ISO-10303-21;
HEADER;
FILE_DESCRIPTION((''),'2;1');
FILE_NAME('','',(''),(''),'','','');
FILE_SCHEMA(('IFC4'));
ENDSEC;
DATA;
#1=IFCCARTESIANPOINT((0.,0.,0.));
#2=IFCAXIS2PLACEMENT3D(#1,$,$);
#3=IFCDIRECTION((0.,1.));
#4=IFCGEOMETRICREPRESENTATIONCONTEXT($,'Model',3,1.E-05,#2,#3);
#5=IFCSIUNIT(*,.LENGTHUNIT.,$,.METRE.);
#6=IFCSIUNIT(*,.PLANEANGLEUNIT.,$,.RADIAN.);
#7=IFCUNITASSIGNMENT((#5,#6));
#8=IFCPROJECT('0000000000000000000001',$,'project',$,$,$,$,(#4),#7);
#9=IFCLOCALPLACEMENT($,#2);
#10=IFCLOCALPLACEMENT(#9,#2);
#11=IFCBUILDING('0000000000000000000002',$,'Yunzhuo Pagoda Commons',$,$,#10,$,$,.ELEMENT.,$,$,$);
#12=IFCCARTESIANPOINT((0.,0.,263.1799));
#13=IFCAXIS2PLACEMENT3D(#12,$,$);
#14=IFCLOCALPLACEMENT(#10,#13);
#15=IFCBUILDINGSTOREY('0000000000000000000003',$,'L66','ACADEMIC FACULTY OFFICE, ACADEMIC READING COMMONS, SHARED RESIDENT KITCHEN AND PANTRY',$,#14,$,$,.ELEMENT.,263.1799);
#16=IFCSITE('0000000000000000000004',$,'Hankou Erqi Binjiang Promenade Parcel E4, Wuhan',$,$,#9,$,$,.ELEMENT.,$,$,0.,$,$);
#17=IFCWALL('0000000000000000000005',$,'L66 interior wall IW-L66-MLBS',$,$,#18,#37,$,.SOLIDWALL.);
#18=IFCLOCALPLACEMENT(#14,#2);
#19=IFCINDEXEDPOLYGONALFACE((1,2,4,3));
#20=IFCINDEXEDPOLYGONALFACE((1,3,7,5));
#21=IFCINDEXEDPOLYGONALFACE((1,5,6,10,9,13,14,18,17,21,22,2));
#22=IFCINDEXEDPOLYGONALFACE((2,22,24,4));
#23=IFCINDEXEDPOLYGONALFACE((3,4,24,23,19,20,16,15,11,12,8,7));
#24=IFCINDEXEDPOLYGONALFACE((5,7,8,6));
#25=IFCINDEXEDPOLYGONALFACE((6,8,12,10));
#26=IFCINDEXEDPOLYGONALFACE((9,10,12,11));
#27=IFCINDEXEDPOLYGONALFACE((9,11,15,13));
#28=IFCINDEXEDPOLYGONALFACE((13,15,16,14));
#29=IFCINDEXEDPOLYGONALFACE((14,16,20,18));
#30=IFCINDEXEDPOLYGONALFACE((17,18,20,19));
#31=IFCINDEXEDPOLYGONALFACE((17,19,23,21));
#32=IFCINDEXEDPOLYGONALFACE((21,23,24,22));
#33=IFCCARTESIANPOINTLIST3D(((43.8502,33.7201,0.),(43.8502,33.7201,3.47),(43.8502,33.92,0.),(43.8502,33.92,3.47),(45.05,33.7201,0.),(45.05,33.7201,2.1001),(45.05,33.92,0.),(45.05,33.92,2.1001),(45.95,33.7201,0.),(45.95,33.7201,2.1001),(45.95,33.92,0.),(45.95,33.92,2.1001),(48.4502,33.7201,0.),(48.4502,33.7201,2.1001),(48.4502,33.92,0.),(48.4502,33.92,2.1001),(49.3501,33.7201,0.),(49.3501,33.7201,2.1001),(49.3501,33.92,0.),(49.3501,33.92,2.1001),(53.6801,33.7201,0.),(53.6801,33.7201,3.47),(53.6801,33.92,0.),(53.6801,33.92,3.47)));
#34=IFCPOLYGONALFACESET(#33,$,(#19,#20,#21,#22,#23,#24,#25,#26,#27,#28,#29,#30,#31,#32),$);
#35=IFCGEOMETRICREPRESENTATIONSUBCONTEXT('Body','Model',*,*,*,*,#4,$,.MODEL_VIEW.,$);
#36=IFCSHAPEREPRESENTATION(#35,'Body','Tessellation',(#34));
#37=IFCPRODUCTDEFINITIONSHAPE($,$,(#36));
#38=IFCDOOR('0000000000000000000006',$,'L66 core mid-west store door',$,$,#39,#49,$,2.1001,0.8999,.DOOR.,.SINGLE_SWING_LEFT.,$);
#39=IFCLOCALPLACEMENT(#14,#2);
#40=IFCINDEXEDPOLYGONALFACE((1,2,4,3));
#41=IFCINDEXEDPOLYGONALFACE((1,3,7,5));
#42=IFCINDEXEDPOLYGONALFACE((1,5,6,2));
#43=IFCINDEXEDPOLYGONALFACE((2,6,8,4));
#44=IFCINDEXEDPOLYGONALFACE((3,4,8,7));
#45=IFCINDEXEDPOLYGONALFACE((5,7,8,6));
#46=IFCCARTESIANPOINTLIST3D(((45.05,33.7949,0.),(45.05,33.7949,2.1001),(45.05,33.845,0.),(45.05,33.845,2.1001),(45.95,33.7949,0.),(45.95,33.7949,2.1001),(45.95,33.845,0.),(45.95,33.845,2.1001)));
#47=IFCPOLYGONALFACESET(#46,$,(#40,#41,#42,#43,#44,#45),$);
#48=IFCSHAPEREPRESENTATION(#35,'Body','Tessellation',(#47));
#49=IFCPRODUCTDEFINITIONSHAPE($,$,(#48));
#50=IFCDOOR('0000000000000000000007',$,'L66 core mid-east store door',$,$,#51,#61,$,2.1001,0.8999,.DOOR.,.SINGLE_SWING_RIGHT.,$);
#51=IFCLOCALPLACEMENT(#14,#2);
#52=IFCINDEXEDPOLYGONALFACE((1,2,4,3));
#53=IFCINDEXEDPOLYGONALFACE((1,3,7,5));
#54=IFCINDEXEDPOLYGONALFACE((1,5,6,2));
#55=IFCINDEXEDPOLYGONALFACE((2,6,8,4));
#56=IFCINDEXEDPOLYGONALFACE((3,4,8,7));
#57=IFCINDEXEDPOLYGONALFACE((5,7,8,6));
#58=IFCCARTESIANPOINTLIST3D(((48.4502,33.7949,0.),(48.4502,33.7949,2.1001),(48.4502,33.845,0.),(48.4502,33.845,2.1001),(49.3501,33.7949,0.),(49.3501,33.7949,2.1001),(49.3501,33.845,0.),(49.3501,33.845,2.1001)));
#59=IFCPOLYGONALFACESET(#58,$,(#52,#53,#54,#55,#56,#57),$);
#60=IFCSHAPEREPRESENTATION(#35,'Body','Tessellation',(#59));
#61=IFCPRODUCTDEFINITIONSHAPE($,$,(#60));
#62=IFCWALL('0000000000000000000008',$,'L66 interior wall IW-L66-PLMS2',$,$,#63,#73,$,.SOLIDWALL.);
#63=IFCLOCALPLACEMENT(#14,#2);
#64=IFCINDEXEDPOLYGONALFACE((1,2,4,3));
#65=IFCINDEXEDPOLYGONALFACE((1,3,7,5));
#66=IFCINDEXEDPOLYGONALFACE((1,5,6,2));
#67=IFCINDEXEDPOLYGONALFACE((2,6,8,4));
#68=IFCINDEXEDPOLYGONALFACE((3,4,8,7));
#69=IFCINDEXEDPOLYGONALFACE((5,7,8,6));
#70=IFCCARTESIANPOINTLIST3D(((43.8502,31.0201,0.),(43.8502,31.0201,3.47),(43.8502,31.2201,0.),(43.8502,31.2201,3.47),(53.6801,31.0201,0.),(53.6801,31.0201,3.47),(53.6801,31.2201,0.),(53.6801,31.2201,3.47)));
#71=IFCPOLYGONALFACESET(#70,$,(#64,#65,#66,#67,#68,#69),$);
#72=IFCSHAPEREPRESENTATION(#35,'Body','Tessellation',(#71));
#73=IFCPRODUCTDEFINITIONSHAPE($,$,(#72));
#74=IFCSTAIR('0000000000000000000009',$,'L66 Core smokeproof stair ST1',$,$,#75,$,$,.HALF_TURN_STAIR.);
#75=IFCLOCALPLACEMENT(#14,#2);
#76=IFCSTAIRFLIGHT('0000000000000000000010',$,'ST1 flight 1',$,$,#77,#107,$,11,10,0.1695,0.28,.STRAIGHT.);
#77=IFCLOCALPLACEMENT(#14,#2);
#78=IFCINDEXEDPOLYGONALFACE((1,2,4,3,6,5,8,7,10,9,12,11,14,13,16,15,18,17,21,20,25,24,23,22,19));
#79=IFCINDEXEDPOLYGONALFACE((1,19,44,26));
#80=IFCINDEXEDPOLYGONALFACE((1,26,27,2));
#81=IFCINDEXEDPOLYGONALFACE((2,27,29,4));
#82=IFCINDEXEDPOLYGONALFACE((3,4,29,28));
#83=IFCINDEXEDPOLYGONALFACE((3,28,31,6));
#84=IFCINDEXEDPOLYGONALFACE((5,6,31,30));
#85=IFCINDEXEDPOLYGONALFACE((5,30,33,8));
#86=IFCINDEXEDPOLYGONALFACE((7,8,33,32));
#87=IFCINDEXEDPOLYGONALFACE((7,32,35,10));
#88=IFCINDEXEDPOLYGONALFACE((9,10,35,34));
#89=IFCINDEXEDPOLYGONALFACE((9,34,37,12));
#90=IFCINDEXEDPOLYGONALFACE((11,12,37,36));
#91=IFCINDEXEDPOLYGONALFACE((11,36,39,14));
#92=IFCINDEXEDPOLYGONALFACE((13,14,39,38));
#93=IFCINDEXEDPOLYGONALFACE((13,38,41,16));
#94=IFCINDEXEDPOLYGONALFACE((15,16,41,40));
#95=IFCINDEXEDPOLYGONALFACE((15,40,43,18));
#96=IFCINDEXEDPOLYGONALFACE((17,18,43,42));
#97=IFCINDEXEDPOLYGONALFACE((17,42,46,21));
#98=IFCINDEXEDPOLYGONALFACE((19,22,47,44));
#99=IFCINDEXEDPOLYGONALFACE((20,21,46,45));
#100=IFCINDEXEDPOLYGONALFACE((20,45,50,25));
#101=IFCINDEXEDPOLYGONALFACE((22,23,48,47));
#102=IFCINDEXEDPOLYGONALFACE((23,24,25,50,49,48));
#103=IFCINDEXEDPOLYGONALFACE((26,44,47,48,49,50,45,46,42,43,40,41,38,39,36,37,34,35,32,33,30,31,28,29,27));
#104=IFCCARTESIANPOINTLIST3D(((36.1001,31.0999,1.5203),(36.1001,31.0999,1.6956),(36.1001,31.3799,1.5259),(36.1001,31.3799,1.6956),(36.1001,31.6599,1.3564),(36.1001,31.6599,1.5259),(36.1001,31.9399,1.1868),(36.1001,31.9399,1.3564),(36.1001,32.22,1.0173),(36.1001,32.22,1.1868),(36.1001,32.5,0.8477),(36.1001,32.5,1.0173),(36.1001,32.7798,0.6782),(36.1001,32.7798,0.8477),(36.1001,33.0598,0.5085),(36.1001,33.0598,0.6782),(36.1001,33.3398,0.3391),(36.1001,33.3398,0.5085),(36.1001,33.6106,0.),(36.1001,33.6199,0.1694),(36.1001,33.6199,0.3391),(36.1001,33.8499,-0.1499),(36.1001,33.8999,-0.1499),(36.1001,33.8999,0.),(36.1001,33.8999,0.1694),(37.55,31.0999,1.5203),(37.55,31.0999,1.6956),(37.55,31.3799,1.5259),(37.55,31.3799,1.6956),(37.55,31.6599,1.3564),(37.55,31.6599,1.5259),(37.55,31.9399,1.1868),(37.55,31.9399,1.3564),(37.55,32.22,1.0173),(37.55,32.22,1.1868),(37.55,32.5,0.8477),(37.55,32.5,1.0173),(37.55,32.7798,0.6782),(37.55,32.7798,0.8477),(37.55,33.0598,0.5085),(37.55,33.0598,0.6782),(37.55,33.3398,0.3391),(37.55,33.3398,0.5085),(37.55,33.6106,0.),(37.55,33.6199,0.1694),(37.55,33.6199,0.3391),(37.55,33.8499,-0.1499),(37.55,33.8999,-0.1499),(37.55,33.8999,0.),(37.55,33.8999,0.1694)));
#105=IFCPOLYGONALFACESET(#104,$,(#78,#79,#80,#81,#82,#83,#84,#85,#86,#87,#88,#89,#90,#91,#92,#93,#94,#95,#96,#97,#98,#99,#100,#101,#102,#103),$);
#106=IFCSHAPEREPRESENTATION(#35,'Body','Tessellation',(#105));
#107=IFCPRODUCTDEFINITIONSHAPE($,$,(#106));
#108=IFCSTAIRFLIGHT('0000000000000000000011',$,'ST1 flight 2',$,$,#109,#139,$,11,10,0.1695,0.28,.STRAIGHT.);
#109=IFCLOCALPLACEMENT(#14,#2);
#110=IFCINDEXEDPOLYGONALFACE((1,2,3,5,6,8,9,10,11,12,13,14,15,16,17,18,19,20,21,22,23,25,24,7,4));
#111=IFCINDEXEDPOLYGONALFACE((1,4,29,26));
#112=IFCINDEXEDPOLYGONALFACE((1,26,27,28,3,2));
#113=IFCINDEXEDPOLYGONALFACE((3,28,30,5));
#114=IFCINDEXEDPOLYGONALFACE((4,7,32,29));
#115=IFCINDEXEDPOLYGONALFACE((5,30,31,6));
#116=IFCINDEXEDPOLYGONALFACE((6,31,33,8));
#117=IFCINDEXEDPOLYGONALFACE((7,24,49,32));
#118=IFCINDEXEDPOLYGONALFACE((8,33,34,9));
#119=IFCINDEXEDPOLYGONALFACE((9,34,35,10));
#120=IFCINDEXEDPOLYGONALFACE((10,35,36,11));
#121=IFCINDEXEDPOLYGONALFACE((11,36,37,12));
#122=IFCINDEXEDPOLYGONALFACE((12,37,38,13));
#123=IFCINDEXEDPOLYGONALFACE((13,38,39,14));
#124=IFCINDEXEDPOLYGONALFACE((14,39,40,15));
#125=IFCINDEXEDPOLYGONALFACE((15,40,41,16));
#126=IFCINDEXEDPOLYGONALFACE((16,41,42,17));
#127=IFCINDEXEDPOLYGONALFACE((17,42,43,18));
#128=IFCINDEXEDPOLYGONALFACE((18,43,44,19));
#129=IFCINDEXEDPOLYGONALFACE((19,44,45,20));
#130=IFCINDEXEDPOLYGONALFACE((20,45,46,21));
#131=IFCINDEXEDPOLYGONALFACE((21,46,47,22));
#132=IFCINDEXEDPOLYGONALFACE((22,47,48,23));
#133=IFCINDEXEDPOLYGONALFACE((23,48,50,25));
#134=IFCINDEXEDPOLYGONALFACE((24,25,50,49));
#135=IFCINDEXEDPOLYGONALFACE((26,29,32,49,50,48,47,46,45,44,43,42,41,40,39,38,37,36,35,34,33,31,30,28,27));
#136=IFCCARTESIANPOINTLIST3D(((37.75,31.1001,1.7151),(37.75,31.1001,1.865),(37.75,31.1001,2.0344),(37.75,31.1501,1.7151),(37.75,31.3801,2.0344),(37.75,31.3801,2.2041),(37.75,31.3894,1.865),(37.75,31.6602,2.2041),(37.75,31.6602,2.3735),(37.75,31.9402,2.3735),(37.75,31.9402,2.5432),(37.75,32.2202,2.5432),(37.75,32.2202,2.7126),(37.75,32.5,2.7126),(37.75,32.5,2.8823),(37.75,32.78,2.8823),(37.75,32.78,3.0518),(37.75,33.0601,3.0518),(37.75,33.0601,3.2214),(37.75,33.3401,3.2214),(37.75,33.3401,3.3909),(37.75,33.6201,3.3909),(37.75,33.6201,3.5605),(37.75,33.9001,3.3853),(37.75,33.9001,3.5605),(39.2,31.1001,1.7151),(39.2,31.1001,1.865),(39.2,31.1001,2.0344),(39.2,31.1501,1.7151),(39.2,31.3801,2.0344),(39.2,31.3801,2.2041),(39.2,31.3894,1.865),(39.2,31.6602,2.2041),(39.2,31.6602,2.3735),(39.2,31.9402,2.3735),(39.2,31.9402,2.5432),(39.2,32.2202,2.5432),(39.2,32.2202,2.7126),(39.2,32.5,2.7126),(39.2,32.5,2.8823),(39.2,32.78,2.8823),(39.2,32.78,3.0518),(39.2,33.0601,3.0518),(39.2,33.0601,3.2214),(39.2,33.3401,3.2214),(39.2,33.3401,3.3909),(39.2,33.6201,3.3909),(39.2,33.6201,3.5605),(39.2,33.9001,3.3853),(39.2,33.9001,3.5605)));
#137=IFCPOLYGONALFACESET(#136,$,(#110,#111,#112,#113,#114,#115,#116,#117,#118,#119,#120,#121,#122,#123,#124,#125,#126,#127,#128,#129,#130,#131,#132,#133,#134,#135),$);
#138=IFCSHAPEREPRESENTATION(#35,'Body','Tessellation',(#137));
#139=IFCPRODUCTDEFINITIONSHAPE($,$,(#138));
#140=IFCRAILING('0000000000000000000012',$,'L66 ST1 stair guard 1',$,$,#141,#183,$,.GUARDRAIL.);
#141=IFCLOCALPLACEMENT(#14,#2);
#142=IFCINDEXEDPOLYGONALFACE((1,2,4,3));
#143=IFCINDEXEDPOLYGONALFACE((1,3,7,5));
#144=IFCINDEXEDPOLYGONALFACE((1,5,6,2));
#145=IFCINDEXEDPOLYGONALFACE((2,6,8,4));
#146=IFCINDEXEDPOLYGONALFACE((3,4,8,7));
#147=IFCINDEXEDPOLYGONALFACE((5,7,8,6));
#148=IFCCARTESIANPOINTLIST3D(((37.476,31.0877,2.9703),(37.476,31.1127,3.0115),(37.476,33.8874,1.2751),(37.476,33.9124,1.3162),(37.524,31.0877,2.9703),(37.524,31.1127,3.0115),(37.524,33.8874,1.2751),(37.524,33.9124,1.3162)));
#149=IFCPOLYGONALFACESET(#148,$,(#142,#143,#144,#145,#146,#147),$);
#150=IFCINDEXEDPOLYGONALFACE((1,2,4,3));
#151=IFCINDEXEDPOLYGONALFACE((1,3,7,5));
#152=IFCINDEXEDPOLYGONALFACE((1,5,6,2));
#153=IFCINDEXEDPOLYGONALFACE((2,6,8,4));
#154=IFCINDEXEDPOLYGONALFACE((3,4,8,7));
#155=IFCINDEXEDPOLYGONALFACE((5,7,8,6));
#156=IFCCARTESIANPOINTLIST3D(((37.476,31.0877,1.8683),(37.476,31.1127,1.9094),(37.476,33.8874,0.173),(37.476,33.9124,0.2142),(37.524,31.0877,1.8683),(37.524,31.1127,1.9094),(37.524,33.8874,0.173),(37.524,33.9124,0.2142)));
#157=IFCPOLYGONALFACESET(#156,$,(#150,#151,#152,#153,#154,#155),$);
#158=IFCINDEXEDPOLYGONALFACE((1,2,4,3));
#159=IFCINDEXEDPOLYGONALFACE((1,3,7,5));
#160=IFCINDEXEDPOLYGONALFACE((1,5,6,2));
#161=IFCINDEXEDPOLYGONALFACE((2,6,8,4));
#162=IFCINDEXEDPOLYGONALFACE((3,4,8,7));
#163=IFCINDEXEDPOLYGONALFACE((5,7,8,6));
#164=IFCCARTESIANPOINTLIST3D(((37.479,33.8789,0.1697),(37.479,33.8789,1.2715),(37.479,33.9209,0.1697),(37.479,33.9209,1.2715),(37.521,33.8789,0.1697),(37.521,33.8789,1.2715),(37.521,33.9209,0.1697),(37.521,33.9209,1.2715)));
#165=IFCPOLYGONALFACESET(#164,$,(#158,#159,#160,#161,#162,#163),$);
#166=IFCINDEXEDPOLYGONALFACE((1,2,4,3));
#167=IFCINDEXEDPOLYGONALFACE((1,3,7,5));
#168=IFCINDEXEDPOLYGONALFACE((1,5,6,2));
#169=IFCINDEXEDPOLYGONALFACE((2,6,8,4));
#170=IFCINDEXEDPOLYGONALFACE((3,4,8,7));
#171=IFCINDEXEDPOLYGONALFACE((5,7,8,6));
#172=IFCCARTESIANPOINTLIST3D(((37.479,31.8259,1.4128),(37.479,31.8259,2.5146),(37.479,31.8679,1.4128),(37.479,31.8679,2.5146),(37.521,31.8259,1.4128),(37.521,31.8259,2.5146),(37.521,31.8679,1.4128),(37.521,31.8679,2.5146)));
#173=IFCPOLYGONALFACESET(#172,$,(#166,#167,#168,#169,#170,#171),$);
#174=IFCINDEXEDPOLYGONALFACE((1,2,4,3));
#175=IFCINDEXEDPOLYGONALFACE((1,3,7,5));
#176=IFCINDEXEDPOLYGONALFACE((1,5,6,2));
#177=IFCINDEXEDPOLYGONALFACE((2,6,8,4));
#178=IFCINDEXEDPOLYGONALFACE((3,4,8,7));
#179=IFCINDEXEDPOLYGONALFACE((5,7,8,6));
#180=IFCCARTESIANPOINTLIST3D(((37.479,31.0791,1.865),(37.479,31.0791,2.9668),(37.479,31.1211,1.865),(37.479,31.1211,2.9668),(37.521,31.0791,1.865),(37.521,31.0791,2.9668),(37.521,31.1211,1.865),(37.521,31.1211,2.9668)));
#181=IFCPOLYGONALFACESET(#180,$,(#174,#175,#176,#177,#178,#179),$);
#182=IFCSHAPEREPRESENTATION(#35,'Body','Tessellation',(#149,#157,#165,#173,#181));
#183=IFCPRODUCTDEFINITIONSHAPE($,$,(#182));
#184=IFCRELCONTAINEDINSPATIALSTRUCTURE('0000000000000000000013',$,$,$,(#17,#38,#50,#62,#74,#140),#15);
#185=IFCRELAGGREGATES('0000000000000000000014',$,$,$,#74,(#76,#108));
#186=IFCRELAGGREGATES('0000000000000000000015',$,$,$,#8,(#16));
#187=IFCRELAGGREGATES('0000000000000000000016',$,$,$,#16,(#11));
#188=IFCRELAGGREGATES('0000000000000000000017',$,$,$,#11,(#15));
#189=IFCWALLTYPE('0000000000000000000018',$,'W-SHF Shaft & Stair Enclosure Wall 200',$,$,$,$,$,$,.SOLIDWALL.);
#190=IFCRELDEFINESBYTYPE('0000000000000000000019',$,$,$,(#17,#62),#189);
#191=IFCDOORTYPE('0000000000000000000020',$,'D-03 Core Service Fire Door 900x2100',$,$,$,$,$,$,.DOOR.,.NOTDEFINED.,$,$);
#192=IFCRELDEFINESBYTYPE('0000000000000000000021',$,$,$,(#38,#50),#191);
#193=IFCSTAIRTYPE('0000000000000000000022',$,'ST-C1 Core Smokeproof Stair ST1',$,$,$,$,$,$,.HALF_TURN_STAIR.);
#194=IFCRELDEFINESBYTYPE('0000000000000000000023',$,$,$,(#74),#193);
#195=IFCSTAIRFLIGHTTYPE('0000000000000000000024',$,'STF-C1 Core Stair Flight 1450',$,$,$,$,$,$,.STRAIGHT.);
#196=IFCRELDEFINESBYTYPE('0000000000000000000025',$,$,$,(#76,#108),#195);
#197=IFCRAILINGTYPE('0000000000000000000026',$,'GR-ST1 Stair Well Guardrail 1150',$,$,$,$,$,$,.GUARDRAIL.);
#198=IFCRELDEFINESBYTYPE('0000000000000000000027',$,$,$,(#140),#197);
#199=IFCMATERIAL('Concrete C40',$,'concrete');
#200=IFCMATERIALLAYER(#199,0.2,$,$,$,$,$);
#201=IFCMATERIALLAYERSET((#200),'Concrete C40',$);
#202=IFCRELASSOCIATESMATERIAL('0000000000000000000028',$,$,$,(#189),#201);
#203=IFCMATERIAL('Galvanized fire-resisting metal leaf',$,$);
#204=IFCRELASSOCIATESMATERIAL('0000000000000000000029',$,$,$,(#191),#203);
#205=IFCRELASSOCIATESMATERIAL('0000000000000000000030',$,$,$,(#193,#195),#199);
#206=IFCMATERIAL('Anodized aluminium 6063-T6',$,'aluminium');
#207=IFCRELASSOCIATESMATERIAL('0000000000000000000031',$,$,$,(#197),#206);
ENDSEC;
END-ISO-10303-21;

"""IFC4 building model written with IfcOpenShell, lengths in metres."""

from ifc_helpers import new_model, si_unit, direction, frame, frame_2d, origin, origin_with_axes, origin_2d, place, context, subcontext, project, spatial, polyline, rectangle, outline, extrude, source, transform, mapped, material, layer, layer_set, type_object, element, fill, aggregate, save


model = new_model("IFC4")

# Units and contexts
model_context = context("Model", 3, precision=1e-05, world=origin(), true_north=direction((0.0, 1.0)))
body_context = subcontext(model_context, "Body", "Model", "MODEL_VIEW")
ifc_project = project(units=[si_unit("LENGTHUNIT", "METRE"), si_unit("PLANEANGLEUNIT", "RADIAN")], contexts=[model_context])

# Site, building, storey
site_placement = place(None, origin())
site = spatial("IfcSite", under=ifc_project, at=site_placement, Name="Hankou Erqi Binjiang Promenade Parcel E4, Wuhan", CompositionType="ELEMENT", RefElevation=0.0)
building_placement = place(site_placement, origin())
building = spatial("IfcBuilding", under=site, at=building_placement, Name="Yunzhuo Pagoda Commons", CompositionType="ELEMENT")
storey_placement = place(building_placement, frame((0.0, 0.0, 263.1799)))
storey = spatial("IfcBuildingStorey", under=building, at=storey_placement, Name="L66", Description="ACADEMIC FACULTY OFFICE, ACADEMIC READING COMMONS, SHARED RESIDENT KITCHEN AND PANTRY", CompositionType="ELEMENT", Elevation=263.1799)

# Shared definitions
ifc_material_1 = material(Name="Galvanized fire-resisting metal leaf")

# Shared definitions
ifc_material_2 = material(Name="Concrete C40", Category="concrete")
ifc_layer_1 = layer(ifc_material_2, 0.2)
ifc_layer_set_1 = layer_set([ifc_layer_1], Name="Concrete C40")
wall_type_1 = type_object("IfcWallType", Name="W-SHF Shaft & Stair Enclosure Wall 200", PredefinedType="SOLIDWALL", material=ifc_layer_set_1)

# Shared definitions
door_type_1 = type_object("IfcDoorType", Name="D-03 Core Service Fire Door 900x2100", OperationType="NOTDEFINED", PredefinedType="DOOR", material=ifc_material_1)
shared_shape_1 = source(origin(), body_context, "Body", "SweptSolid", [
    extrude(rectangle(XDim=0.8999, YDim=2.1001, at=frame_2d((0.45, 1.05))), frame((0.0, 0.0249, 0.0), z_axis=(0.0, -1.0, 0.0), x_axis=(1.0, 0.0, 0.0)), (0.0, 0.0, 1.0), 0.05),
])

# Wall, openings, doors
wall_1_placement = place(storey_placement, frame((43.8501, 33.8201, 0.0), z_axis=(0.0, 0.0, 1.0), x_axis=(1.0, 0.0, 0.0)))
wall_1 = element("IfcWall", 1, at=wall_1_placement, inside=storey, type_object=wall_type_1, Name="L66 interior wall IW-L66-MLBS", PredefinedType="SOLIDWALL", context=body_context, shape_type="SweptSolid", body=[
    extrude(rectangle(XDim=9.8298, YDim=0.2, at=frame_2d((4.915, 0.0))), origin(), (0.0, 0.0, 1.0), 3.47),
])
opening_1_placement = place(wall_1_placement, frame((1.2, 0.0, 0.0)))
opening_1 = element("IfcOpeningElement", 2, at=opening_1_placement, cuts=wall_1, PredefinedType="OPENING", context=body_context, shape_type="SweptSolid", body=[
    extrude(rectangle(XDim=0.8999, YDim=2.1001, at=frame_2d((0.45, 1.05))), frame((0.0, 0.1099, 0.0), z_axis=(0.0, -1.0, 0.0), x_axis=(1.0, 0.0, 0.0)), (0.0, 0.0, 1.0), 0.22),
])
opening_2_placement = place(wall_1_placement, frame((4.6001, 0.0, 0.0)))
opening_2 = element("IfcOpeningElement", 3, at=opening_2_placement, cuts=wall_1, PredefinedType="OPENING", context=body_context, shape_type="SweptSolid", body=[
    extrude(rectangle(XDim=0.8999, YDim=2.1001, at=frame_2d((0.45, 1.05))), frame((0.0, 0.1099, 0.0), z_axis=(0.0, -1.0, 0.0), x_axis=(1.0, 0.0, 0.0)), (0.0, 0.0, 1.0), 0.22),
])
door_1_placement = place(opening_1_placement, origin_with_axes())
door_1 = element("IfcDoor", 4, at=door_1_placement, inside=storey, type_object=door_type_1, Name="L66 core mid-west store door", OperationType="SINGLE_SWING_LEFT", OverallHeight=2.1001, OverallWidth=0.8999, PredefinedType="DOOR", context=body_context, shape_type="MappedRepresentation", body=[
    mapped(shared_shape_1, transform((0.0, 0.0, 0.0), scale=1.0)),
])
fill(opening_1, door_1)
door_2_placement = place(opening_2_placement, origin_with_axes())
door_2 = element("IfcDoor", 5, at=door_2_placement, inside=storey, type_object=door_type_1, Name="L66 core mid-east store door", OperationType="SINGLE_SWING_RIGHT", OverallHeight=2.1001, OverallWidth=0.8999, PredefinedType="DOOR", context=body_context, shape_type="MappedRepresentation", body=[
    mapped(shared_shape_1, transform((0.0, 0.0, 0.0), scale=1.0)),
])
fill(opening_2, door_2)

# Wall
wall_2_placement = place(storey_placement, frame((43.8501, 31.1201, 0.0), z_axis=(0.0, 0.0, 1.0), x_axis=(1.0, 0.0, 0.0)))
element("IfcWall", 6, at=wall_2_placement, inside=storey, type_object=wall_type_1, Name="L66 interior wall IW-L66-PLMS2", PredefinedType="SOLIDWALL", context=body_context, shape_type="SweptSolid", body=[
    extrude(rectangle(XDim=9.8298, YDim=0.2, at=frame_2d((4.915, 0.0))), origin(), (0.0, 0.0, 1.0), 3.47),
])

# Stair, stair flights
stair_type = type_object("IfcStairType", Name="ST-C1 Core Smokeproof Stair ST1", PredefinedType="HALF_TURN_STAIR", material=ifc_material_2)
stair_placement = place(storey_placement, origin())
stair = element("IfcStair", 7, at=stair_placement, inside=storey, type_object=stair_type, Name="L66 Core smokeproof stair ST1", PredefinedType="HALF_TURN_STAIR")
stair_flight_type = type_object("IfcStairFlightType", Name="STF-C1 Core Stair Flight 1450", PredefinedType="STRAIGHT", material=ifc_material_2)
shared_shape_2 = source(origin(), body_context, "Body", "SweptSolid", [
    extrude(outline(polyline([(0.0, -0.1499), (0.0, 0.0), (0.0, 0.1694), (0.28, 0.1694), (0.28, 0.3391), (0.5601, 0.3391), (0.5601, 0.5085), (0.8401, 0.5085), (0.8401, 0.6782), (1.1201, 0.6782), (1.1201, 0.8477), (1.3999, 0.8477), (1.3999, 1.0173), (1.6799, 1.0173), (1.6799, 1.1868), (1.96, 1.1868), (1.96, 1.3564), (2.24, 1.3564), (2.24, 1.5259), (2.52, 1.5259), (2.52, 1.6956), (2.8, 1.6956), (2.8, 1.865), (2.8, 1.5203), (0.2893, 0.0), (0.05, -0.1499), (0.0, -0.1499)])), frame((0.0, 0.7251, 0.0), z_axis=(0.0, -1.0, 0.0), x_axis=(1.0, 0.0, 0.0)), (0.0, 0.0, 1.0), 1.45),
])
stair_flight_1_placement = place(storey_placement, frame((36.825, 33.8999, 0.0), z_axis=(0.0, 0.0, 1.0), x_axis=(0.0, -1.0, 0.0)))
stair_flight_1 = element("IfcStairFlight", 8, at=stair_flight_1_placement, type_object=stair_flight_type, Name="ST1 flight 1", NumberOfRisers=11, NumberOfTreads=10, PredefinedType="STRAIGHT", RiserHeight=0.1695, TreadLength=0.28, context=body_context, shape_type="MappedRepresentation", body=[
    mapped(shared_shape_2, transform((0.0, 0.0, 0.0), scale=1.0)),
])
stair_flight_2_placement = place(storey_placement, frame((38.4751, 31.1001, 1.865), z_axis=(0.0, 0.0, 1.0), x_axis=(0.0, 1.0, 0.0)))
stair_flight_2 = element("IfcStairFlight", 9, at=stair_flight_2_placement, type_object=stair_flight_type, Name="ST1 flight 2", NumberOfRisers=11, NumberOfTreads=10, PredefinedType="STRAIGHT", RiserHeight=0.1695, TreadLength=0.28, context=body_context, shape_type="MappedRepresentation", body=[
    mapped(shared_shape_2, transform((0.0, 0.0, 0.0), scale=1.0)),
])
aggregate(stair, [stair_flight_1, stair_flight_2])

# Railing
ifc_material_3 = material(Name="Anodized aluminium 6063-T6", Category="aluminium")
railing_type_1 = type_object("IfcRailingType", Name="GR-ST1 Stair Well Guardrail 1150", PredefinedType="GUARDRAIL", material=ifc_material_3)
railing_1_placement = place(storey_placement, frame((37.5, 33.8999, 0.1697)))
element("IfcRailing", 10, at=railing_1_placement, inside=storey, type_object=railing_type_1, Name="L66 ST1 stair guard 1", PredefinedType="GUARDRAIL", context=body_context, shape_type="SweptSolid", body=[
    extrude(rectangle(XDim=0.0481, YDim=0.0481, at=origin_2d()), frame((0.0, 0.0, 1.126), z_axis=(0.0, -0.855406, 0.517958), x_axis=(1.0, 0.0, 0.0)), (0.0, 0.0, 1.0), 3.2729),
    extrude(rectangle(XDim=0.0481, YDim=0.0481, at=origin_2d()), frame((0.0, 0.0, 0.0239), z_axis=(0.0, -0.855406, 0.517958), x_axis=(1.0, 0.0, 0.0)), (0.0, 0.0, 1.0), 3.2729),
    extrude(rectangle(XDim=0.042, YDim=0.042, at=origin_2d()), origin(), (0.0, 0.0, 1.0), 1.1018),
    extrude(rectangle(XDim=0.042, YDim=0.042, at=origin_2d()), frame((0.0, -2.053, 1.2432)), (0.0, 0.0, 1.0), 1.1018),
    extrude(rectangle(XDim=0.042, YDim=0.042, at=origin_2d()), frame((0.0, -2.7998, 1.6953)), (0.0, 0.0, 1.0), 1.1018),
])

save(model, "model.ifc")
